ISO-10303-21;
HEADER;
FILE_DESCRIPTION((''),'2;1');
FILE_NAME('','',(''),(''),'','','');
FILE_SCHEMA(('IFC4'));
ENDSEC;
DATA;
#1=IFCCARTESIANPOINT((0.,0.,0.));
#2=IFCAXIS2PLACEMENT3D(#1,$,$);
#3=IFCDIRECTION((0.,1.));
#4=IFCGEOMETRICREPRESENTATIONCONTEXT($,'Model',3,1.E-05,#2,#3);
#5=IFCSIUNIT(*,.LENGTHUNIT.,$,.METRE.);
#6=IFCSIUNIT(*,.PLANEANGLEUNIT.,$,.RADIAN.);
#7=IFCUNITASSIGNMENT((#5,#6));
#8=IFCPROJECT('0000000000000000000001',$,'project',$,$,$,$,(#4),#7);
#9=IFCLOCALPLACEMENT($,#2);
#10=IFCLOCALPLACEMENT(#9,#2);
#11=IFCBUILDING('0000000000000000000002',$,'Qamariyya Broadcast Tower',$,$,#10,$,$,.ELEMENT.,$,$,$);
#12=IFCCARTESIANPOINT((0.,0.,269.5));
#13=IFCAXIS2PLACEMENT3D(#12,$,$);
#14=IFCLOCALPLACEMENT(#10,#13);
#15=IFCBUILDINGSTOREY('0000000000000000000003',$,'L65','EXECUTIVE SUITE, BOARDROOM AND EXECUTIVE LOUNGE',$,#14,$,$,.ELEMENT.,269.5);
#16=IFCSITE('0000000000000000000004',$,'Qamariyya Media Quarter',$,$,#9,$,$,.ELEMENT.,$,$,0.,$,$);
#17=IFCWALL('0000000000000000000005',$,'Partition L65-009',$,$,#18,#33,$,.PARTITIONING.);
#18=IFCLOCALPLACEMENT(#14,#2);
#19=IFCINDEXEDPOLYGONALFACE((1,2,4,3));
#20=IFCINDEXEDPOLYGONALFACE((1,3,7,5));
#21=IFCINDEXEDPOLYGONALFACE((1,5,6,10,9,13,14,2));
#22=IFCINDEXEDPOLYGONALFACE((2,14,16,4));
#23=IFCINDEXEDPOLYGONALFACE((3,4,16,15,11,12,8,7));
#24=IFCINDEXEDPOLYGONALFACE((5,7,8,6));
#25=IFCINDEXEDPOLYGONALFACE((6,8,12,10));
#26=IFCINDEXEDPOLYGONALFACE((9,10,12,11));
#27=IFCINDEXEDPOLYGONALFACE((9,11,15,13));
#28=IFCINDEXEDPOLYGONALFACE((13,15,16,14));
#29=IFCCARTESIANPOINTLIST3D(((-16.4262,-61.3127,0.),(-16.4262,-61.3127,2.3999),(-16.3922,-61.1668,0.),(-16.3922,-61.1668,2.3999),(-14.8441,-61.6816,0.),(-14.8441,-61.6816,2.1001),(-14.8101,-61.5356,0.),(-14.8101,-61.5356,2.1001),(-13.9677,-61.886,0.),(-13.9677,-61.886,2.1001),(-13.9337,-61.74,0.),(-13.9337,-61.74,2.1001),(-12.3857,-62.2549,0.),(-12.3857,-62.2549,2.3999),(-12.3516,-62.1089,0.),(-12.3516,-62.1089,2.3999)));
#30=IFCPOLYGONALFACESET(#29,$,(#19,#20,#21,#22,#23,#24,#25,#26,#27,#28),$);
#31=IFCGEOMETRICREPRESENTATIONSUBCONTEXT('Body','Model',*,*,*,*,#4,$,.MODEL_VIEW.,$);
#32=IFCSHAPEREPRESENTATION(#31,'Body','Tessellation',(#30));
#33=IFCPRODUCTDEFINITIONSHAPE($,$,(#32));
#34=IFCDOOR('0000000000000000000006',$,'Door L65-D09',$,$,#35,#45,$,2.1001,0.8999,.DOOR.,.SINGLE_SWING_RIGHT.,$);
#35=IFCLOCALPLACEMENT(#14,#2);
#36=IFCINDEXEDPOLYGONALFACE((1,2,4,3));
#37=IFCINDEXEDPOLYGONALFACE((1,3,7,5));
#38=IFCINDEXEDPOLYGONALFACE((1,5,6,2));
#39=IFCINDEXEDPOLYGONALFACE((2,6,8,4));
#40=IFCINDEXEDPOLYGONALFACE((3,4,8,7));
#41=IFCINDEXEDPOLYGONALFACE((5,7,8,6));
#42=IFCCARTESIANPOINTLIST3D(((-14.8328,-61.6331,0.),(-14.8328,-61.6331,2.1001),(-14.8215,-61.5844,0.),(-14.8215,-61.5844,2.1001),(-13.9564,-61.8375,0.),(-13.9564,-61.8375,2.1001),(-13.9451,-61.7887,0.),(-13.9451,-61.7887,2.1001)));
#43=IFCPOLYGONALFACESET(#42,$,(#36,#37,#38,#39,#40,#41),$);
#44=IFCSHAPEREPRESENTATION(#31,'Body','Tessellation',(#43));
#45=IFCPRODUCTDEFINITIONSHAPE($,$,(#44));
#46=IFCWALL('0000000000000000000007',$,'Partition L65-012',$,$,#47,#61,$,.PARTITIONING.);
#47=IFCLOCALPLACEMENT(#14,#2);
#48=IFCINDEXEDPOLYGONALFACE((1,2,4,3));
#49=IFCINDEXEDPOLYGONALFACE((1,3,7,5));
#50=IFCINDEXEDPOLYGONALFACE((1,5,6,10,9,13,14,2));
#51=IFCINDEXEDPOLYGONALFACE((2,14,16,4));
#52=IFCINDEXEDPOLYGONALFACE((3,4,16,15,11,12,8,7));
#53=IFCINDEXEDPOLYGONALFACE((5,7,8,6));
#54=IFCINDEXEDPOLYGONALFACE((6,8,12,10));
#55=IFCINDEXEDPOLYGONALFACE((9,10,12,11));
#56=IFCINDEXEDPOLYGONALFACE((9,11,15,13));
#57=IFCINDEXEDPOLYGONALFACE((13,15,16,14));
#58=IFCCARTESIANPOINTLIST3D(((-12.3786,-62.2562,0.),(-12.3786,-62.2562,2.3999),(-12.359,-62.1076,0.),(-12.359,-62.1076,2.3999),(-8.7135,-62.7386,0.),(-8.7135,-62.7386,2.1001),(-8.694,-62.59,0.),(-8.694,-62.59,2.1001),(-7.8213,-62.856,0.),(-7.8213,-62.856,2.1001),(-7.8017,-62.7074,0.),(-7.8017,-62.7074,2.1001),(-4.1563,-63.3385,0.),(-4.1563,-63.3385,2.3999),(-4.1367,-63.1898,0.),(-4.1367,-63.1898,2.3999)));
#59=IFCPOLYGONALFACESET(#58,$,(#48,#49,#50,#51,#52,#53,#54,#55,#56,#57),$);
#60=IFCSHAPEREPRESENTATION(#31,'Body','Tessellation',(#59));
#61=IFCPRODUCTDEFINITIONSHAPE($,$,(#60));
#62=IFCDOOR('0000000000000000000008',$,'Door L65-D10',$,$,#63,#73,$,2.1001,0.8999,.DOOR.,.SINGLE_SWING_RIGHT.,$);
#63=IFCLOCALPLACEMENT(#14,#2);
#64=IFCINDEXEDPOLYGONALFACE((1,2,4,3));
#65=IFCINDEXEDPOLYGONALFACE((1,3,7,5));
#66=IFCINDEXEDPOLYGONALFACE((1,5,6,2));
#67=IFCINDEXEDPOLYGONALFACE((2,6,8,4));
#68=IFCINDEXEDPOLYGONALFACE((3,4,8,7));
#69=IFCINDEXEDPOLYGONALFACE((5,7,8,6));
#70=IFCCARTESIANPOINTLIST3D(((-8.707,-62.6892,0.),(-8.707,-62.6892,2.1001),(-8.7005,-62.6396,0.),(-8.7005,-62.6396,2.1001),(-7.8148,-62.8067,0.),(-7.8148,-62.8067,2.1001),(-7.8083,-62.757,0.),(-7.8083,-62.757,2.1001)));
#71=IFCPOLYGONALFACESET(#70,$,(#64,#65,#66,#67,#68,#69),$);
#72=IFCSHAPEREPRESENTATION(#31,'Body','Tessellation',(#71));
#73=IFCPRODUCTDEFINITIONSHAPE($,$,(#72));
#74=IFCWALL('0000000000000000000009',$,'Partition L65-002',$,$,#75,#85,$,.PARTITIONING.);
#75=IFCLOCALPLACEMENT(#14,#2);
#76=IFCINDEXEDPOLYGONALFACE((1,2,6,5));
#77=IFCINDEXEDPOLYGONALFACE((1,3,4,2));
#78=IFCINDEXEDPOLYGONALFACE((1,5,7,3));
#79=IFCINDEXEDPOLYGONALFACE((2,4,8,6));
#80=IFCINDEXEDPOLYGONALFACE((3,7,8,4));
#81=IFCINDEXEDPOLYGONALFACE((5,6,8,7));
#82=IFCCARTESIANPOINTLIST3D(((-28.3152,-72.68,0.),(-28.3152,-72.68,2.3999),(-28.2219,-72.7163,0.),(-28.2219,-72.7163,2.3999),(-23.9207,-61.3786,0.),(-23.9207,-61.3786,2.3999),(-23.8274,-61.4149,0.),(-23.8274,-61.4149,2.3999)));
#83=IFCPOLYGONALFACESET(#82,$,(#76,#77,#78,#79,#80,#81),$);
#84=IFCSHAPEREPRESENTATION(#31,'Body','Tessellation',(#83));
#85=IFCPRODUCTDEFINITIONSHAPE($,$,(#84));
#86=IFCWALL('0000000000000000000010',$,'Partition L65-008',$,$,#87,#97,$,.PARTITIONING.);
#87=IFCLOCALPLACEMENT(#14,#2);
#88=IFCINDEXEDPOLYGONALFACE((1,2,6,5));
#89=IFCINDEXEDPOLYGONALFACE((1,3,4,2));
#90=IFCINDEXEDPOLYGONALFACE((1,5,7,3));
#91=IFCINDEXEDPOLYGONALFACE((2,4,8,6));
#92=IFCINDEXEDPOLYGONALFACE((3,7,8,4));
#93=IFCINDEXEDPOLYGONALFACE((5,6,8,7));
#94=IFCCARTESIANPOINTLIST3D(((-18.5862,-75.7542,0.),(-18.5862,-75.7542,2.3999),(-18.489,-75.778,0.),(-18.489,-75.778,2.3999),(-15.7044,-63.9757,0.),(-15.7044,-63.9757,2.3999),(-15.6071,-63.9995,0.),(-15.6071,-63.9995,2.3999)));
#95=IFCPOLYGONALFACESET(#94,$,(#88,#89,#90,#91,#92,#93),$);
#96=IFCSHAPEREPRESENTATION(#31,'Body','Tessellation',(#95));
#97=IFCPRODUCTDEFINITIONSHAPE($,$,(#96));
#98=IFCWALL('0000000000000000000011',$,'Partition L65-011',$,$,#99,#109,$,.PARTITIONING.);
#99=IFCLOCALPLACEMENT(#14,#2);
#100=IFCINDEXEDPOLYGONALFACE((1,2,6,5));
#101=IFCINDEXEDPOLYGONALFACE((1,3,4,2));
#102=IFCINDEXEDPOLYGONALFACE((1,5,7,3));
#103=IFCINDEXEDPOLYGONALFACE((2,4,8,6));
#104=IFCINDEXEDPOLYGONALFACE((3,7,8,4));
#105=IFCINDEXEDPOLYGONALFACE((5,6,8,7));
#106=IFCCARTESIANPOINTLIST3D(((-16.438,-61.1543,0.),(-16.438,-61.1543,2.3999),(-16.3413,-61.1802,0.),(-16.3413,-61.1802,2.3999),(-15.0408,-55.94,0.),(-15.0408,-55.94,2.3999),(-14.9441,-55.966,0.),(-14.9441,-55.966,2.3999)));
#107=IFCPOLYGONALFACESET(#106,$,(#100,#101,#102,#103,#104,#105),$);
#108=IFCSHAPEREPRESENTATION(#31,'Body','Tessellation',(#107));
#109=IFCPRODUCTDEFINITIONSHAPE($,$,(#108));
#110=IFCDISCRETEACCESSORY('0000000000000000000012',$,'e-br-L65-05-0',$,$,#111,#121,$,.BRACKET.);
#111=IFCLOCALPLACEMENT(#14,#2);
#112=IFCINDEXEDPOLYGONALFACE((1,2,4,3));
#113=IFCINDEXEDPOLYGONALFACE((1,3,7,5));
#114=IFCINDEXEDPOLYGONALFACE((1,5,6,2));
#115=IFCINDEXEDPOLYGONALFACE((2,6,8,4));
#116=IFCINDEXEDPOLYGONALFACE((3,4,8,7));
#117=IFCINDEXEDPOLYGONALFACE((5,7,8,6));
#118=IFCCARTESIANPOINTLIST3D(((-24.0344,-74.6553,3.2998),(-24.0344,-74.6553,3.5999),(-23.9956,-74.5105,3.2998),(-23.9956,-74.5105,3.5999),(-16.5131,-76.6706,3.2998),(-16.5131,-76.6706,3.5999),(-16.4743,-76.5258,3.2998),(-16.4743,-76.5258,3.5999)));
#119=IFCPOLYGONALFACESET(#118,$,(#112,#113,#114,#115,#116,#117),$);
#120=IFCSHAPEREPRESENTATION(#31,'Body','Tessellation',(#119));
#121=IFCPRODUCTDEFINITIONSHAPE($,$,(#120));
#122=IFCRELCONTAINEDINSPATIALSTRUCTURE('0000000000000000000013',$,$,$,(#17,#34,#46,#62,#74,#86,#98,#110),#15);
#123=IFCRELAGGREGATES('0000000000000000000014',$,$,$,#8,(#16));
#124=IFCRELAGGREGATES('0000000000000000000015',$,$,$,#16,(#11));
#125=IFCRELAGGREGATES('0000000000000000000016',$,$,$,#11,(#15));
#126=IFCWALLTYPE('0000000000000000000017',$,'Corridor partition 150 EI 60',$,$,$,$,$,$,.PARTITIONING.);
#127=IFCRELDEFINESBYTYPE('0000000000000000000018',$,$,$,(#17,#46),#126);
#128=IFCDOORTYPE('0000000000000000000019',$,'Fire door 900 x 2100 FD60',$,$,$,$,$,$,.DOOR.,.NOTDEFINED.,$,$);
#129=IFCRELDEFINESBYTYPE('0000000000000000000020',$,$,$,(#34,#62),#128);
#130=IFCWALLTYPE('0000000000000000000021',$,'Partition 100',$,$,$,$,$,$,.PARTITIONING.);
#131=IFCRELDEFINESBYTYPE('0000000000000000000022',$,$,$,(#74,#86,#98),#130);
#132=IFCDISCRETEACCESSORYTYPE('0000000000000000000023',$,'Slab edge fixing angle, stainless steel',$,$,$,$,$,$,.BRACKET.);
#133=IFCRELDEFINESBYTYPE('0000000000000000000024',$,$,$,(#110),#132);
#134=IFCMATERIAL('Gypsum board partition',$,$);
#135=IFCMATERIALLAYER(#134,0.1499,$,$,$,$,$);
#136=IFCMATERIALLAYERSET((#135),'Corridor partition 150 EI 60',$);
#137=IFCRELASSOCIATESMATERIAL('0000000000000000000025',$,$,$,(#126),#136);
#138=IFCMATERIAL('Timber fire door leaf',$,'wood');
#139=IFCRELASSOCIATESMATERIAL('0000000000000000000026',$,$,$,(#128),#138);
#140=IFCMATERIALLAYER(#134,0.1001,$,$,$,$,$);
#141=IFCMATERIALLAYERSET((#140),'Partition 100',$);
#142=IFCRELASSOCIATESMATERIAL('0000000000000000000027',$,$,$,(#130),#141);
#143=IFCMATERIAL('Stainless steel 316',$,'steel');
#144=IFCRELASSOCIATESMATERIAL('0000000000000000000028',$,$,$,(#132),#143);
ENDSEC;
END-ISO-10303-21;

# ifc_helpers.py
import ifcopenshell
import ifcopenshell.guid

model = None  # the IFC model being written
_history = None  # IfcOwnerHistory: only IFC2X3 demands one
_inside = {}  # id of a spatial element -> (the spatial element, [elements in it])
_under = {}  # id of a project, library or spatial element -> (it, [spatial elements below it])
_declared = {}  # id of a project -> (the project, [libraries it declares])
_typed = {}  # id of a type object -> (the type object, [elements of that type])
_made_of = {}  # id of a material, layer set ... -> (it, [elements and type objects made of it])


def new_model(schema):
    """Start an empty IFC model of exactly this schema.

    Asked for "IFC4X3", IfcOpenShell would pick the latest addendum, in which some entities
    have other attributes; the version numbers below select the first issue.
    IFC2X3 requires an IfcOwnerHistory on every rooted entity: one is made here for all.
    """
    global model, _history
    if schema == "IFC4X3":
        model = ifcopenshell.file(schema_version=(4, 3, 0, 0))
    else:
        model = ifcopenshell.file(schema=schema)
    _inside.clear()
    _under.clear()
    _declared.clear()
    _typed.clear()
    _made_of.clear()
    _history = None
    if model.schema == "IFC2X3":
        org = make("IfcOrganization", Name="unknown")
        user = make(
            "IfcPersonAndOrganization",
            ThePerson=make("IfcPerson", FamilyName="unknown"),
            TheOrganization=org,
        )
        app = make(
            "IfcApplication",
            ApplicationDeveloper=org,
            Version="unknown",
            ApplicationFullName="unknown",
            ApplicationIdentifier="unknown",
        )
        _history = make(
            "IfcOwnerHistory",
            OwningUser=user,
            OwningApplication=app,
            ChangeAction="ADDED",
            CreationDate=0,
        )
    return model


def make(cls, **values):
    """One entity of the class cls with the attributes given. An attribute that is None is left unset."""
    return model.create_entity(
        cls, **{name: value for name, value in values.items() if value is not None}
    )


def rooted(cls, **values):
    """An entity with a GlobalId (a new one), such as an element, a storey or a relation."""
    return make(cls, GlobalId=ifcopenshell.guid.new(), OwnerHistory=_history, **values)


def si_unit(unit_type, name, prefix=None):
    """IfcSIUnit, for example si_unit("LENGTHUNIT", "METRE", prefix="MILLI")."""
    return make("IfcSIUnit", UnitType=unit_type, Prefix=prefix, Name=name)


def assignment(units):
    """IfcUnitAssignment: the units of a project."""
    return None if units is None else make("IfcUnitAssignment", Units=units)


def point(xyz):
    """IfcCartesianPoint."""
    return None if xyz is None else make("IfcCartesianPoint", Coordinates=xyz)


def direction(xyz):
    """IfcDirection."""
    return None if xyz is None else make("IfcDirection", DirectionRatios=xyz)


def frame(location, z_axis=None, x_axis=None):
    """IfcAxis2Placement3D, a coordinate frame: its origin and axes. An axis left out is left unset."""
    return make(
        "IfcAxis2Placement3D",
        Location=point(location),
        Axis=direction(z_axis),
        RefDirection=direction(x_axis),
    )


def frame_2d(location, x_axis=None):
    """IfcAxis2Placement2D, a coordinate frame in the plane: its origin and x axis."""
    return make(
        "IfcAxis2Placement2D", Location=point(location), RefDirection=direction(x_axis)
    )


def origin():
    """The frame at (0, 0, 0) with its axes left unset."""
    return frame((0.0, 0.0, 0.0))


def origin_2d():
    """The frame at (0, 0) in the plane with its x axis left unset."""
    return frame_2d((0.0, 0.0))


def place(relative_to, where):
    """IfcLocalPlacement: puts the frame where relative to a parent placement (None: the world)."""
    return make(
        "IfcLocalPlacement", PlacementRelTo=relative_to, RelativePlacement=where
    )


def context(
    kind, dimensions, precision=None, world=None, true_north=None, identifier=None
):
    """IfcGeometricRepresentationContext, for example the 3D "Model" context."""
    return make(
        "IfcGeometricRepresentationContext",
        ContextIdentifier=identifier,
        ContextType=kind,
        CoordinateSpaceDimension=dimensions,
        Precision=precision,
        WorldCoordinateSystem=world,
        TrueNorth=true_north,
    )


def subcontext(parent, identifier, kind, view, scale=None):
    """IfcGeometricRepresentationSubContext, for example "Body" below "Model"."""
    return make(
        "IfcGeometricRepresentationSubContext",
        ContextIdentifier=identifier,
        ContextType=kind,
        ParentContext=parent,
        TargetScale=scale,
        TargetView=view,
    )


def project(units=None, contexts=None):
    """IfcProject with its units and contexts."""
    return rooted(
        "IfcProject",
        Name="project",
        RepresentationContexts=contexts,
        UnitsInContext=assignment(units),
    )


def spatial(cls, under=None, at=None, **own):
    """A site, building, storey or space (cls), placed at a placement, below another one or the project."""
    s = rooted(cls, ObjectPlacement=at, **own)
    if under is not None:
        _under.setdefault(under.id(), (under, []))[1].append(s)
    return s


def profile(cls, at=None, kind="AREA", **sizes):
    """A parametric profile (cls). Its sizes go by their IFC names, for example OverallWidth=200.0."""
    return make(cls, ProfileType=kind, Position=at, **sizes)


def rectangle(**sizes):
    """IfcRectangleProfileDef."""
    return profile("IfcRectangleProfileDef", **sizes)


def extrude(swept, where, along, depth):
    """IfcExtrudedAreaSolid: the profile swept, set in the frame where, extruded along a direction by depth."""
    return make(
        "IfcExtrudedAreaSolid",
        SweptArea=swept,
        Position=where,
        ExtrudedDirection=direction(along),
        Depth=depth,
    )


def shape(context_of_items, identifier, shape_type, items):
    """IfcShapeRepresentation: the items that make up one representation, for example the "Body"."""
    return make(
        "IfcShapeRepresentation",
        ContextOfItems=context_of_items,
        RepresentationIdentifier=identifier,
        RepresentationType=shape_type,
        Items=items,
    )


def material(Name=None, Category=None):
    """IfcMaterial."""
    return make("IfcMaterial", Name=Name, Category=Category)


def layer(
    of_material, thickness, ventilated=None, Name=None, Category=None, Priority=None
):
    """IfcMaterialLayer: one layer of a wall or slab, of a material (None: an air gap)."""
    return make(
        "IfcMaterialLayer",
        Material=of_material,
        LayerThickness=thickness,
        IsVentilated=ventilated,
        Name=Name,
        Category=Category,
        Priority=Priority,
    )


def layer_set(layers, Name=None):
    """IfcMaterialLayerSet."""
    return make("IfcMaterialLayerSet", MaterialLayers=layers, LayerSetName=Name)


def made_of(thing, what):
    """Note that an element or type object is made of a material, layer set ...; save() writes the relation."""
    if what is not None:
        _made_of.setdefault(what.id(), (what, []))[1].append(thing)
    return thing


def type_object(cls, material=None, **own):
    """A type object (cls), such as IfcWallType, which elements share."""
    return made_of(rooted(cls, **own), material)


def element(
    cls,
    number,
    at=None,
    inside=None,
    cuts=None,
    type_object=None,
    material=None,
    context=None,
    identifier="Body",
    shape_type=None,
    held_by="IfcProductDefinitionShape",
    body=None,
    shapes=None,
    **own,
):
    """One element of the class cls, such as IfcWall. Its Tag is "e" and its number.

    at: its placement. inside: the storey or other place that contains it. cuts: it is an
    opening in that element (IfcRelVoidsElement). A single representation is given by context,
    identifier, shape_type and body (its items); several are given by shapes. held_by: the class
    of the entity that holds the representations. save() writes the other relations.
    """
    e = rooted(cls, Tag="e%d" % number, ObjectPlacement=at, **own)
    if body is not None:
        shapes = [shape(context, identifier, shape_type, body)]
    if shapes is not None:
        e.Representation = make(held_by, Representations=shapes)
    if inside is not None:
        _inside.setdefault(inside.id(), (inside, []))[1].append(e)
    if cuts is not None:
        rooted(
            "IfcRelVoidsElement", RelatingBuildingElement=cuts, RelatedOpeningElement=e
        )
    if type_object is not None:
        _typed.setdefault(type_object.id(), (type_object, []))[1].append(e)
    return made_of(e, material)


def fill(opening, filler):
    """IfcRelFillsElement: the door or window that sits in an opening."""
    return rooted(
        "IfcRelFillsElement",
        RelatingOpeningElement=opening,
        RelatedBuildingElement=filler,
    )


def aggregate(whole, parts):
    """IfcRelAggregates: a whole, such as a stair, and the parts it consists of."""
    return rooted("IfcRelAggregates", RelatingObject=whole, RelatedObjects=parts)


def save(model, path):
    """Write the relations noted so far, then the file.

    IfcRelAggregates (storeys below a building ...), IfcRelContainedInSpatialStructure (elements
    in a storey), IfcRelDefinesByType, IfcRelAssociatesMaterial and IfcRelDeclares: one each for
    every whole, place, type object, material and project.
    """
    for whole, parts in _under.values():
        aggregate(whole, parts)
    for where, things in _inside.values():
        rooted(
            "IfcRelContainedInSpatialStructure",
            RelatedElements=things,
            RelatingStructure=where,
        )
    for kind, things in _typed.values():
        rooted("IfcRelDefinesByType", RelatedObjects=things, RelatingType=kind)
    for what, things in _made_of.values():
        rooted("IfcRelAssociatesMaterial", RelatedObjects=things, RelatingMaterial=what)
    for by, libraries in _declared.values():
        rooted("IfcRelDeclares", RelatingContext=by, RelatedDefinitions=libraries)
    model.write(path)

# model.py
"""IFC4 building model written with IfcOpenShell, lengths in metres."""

from ifc_helpers import new_model, si_unit, direction, frame, frame_2d, origin, origin_2d, place, context, subcontext, project, spatial, rectangle, extrude, material, layer, layer_set, type_object, element, fill, save


model = new_model("IFC4")

# Units and contexts
model_context = context("Model", 3, precision=1e-05, world=origin(), true_north=direction((0.0, 1.0)))
body_context = subcontext(model_context, "Body", "Model", "MODEL_VIEW")
ifc_project = project(units=[si_unit("LENGTHUNIT", "METRE"), si_unit("PLANEANGLEUNIT", "RADIAN")], contexts=[model_context])

# Site, building, storey
site_placement = place(None, origin())
site = spatial("IfcSite", under=ifc_project, at=site_placement, Name="Qamariyya Media Quarter", CompositionType="ELEMENT", RefElevation=0.0)
building_placement = place(site_placement, origin())
building = spatial("IfcBuilding", under=site, at=building_placement, Name="Qamariyya Broadcast Tower", CompositionType="ELEMENT")
storey_placement = place(building_placement, frame((0.0, 0.0, 269.5)))
storey = spatial("IfcBuildingStorey", under=building, at=storey_placement, Name="L65", Description="EXECUTIVE SUITE, BOARDROOM AND EXECUTIVE LOUNGE", CompositionType="ELEMENT", Elevation=269.5)

# Shared definitions
ifc_material_1 = material(Name="Gypsum board partition")
ifc_layer_1 = layer(ifc_material_1, 0.1499)
ifc_layer_set_1 = layer_set([ifc_layer_1], Name="Corridor partition 150 EI 60")
wall_type_1 = type_object("IfcWallType", Name="Corridor partition 150 EI 60", PredefinedType="PARTITIONING", material=ifc_layer_set_1)
ifc_material_2 = material(Name="Timber fire door leaf", Category="wood")

# Walls, openings, doors
door_type_1 = type_object("IfcDoorType", Name="Fire door 900 x 2100 FD60", OperationType="NOTDEFINED", PredefinedType="DOOR", material=ifc_material_2)
wall_1_placement = place(storey_placement, frame((-16.4092, -61.2397, 0.0), z_axis=(0.0, 0.0, 1.0), x_axis=(0.973876, -0.227081, 0.0)))
wall_1 = element("IfcWall", 1, at=wall_1_placement, inside=storey, type_object=wall_type_1, Name="Partition L65-009", PredefinedType="PARTITIONING", context=body_context, shape_type="SweptSolid", body=[
    extrude(rectangle(XDim=4.1489, YDim=0.1499, at=frame_2d((2.0745, 0.0))), origin(), (0.0, 0.0, 1.0), 2.3999),
])
opening_1_placement = place(wall_1_placement, frame((1.6245, 0.0, 0.0)))
opening_1 = element("IfcOpeningElement", 2, at=opening_1_placement, cuts=wall_1, PredefinedType="OPENING", context=body_context, shape_type="SweptSolid", body=[
    extrude(rectangle(XDim=0.8999, YDim=2.1001, at=frame_2d((0.45, 1.05))), frame((0.0, 0.085, 0.0), z_axis=(0.0, -1.0, 0.0), x_axis=(1.0, 0.0, 0.0)), (0.0, 0.0, 1.0), 0.1699),
])
door_1_placement = place(opening_1_placement, origin())
door_1 = element("IfcDoor", 3, at=door_1_placement, inside=storey, type_object=door_type_1, Name="Door L65-D09", OperationType="SINGLE_SWING_RIGHT", OverallHeight=2.1001, OverallWidth=0.8999, PredefinedType="DOOR", context=body_context, shape_type="SweptSolid", body=[
    extrude(rectangle(XDim=0.8999, YDim=2.1001, at=frame_2d((0.45, 1.05))), frame((0.0, 0.0249, 0.0), z_axis=(0.0, -1.0, 0.0), x_axis=(1.0, 0.0, 0.0)), (0.0, 0.0, 1.0), 0.05),
])
fill(opening_1, door_1)
wall_2_placement = place(storey_placement, frame((-12.3687, -62.1819, 0.0), z_axis=(0.0, 0.0, 1.0), x_axis=(0.991448, -0.130503, 0.0)))
wall_2 = element("IfcWall", 4, at=wall_2_placement, inside=storey, type_object=wall_type_1, Name="Partition L65-012", PredefinedType="PARTITIONING", context=body_context, shape_type="SweptSolid", body=[
    extrude(rectangle(XDim=8.2932, YDim=0.1499, at=frame_2d((4.1465, 0.0))), origin(), (0.0, 0.0, 1.0), 2.3999),
])
opening_2_placement = place(wall_2_placement, frame((3.6965, 0.0, 0.0)))
opening_2 = element("IfcOpeningElement", 5, at=opening_2_placement, cuts=wall_2, PredefinedType="OPENING", context=body_context, shape_type="SweptSolid", body=[
    extrude(rectangle(XDim=0.8999, YDim=2.1001, at=frame_2d((0.45, 1.05))), frame((0.0, 0.085, 0.0), z_axis=(0.0, -1.0, 0.0), x_axis=(1.0, 0.0, 0.0)), (0.0, 0.0, 1.0), 0.1699),
])
door_2_placement = place(opening_2_placement, origin())
door_2 = element("IfcDoor", 6, at=door_2_placement, inside=storey, type_object=door_type_1, Name="Door L65-D10", OperationType="SINGLE_SWING_RIGHT", OverallHeight=2.1001, OverallWidth=0.8999, PredefinedType="DOOR", context=body_context, shape_type="SweptSolid", body=[
    extrude(rectangle(XDim=0.8999, YDim=2.1001, at=frame_2d((0.45, 1.05))), frame((0.0, 0.0249, 0.0), z_axis=(0.0, -1.0, 0.0), x_axis=(1.0, 0.0, 0.0)), (0.0, 0.0, 1.0), 0.05),
])
fill(opening_2, door_2)

# Walls
ifc_layer_2 = layer(ifc_material_1, 0.1001)
ifc_layer_set_2 = layer_set([ifc_layer_2], Name="Partition 100")
wall_type_2 = type_object("IfcWallType", Name="Partition 100", PredefinedType="PARTITIONING", material=ifc_layer_set_2)
wall_3_placement = place(storey_placement, frame((-28.2686, -72.6982, 0.0), z_axis=(0.0, 0.0, 1.0), x_axis=(0.36241, 0.932019, 0.0)))
element("IfcWall", 7, at=wall_3_placement, inside=storey, type_object=wall_type_2, Name="Partition L65-002", PredefinedType="PARTITIONING", context=body_context, shape_type="SweptSolid", body=[
    extrude(rectangle(XDim=12.1257, YDim=0.1001, at=frame_2d((6.063, 0.0))), origin(), (0.0, 0.0, 1.0), 2.3999),
])
wall_4_placement = place(storey_placement, frame((-18.5376, -75.7661, 0.0), z_axis=(0.0, 0.0, 1.0), x_axis=(0.237658, 0.971349, 0.0)))
element("IfcWall", 8, at=wall_4_placement, inside=storey, type_object=wall_type_2, Name="Partition L65-008", PredefinedType="PARTITIONING", context=body_context, shape_type="SweptSolid", body=[
    extrude(rectangle(XDim=12.126, YDim=0.1001, at=frame_2d((6.063, 0.0))), origin(), (0.0, 0.0, 1.0), 2.3999),
])
wall_5_placement = place(storey_placement, frame((-14.9924, -55.9529, 0.0), z_axis=(0.0, 0.0, 1.0), x_axis=(-0.258825, -0.965924, 0.0)))
element("IfcWall", 9, at=wall_5_placement, inside=storey, type_object=wall_type_2, Name="Partition L65-011", PredefinedType="PARTITIONING", context=body_context, shape_type="SweptSolid", body=[
    extrude(rectangle(XDim=5.3982, YDim=0.1001, at=frame_2d((2.6992, 0.0))), origin(), (0.0, 0.0, 1.0), 2.3999),
])

# Discrete accessory
ifc_material_3 = material(Name="Stainless steel 316", Category="steel")
discrete_accessory_type = type_object("IfcDiscreteAccessoryType", Name="Slab edge fixing angle, stainless steel", PredefinedType="BRACKET", material=ifc_material_3)
discrete_accessory_placement = place(storey_placement, frame((-20.2544, -75.5906, 3.2998), z_axis=(0.0, 0.0, 1.0), x_axis=(0.965926, -0.258819, 0.0)))
element("IfcDiscreteAccessory", 10, at=discrete_accessory_placement, inside=storey, type_object=discrete_accessory_type, Name="e-br-L65-05-0", PredefinedType="BRACKET", context=body_context, shape_type="SweptSolid", body=[
    extrude(rectangle(XDim=7.7866, YDim=0.1499, at=origin_2d()), origin(), (0.0, 0.0, 1.0), 0.3),
])

save(model, "model.ifc")
